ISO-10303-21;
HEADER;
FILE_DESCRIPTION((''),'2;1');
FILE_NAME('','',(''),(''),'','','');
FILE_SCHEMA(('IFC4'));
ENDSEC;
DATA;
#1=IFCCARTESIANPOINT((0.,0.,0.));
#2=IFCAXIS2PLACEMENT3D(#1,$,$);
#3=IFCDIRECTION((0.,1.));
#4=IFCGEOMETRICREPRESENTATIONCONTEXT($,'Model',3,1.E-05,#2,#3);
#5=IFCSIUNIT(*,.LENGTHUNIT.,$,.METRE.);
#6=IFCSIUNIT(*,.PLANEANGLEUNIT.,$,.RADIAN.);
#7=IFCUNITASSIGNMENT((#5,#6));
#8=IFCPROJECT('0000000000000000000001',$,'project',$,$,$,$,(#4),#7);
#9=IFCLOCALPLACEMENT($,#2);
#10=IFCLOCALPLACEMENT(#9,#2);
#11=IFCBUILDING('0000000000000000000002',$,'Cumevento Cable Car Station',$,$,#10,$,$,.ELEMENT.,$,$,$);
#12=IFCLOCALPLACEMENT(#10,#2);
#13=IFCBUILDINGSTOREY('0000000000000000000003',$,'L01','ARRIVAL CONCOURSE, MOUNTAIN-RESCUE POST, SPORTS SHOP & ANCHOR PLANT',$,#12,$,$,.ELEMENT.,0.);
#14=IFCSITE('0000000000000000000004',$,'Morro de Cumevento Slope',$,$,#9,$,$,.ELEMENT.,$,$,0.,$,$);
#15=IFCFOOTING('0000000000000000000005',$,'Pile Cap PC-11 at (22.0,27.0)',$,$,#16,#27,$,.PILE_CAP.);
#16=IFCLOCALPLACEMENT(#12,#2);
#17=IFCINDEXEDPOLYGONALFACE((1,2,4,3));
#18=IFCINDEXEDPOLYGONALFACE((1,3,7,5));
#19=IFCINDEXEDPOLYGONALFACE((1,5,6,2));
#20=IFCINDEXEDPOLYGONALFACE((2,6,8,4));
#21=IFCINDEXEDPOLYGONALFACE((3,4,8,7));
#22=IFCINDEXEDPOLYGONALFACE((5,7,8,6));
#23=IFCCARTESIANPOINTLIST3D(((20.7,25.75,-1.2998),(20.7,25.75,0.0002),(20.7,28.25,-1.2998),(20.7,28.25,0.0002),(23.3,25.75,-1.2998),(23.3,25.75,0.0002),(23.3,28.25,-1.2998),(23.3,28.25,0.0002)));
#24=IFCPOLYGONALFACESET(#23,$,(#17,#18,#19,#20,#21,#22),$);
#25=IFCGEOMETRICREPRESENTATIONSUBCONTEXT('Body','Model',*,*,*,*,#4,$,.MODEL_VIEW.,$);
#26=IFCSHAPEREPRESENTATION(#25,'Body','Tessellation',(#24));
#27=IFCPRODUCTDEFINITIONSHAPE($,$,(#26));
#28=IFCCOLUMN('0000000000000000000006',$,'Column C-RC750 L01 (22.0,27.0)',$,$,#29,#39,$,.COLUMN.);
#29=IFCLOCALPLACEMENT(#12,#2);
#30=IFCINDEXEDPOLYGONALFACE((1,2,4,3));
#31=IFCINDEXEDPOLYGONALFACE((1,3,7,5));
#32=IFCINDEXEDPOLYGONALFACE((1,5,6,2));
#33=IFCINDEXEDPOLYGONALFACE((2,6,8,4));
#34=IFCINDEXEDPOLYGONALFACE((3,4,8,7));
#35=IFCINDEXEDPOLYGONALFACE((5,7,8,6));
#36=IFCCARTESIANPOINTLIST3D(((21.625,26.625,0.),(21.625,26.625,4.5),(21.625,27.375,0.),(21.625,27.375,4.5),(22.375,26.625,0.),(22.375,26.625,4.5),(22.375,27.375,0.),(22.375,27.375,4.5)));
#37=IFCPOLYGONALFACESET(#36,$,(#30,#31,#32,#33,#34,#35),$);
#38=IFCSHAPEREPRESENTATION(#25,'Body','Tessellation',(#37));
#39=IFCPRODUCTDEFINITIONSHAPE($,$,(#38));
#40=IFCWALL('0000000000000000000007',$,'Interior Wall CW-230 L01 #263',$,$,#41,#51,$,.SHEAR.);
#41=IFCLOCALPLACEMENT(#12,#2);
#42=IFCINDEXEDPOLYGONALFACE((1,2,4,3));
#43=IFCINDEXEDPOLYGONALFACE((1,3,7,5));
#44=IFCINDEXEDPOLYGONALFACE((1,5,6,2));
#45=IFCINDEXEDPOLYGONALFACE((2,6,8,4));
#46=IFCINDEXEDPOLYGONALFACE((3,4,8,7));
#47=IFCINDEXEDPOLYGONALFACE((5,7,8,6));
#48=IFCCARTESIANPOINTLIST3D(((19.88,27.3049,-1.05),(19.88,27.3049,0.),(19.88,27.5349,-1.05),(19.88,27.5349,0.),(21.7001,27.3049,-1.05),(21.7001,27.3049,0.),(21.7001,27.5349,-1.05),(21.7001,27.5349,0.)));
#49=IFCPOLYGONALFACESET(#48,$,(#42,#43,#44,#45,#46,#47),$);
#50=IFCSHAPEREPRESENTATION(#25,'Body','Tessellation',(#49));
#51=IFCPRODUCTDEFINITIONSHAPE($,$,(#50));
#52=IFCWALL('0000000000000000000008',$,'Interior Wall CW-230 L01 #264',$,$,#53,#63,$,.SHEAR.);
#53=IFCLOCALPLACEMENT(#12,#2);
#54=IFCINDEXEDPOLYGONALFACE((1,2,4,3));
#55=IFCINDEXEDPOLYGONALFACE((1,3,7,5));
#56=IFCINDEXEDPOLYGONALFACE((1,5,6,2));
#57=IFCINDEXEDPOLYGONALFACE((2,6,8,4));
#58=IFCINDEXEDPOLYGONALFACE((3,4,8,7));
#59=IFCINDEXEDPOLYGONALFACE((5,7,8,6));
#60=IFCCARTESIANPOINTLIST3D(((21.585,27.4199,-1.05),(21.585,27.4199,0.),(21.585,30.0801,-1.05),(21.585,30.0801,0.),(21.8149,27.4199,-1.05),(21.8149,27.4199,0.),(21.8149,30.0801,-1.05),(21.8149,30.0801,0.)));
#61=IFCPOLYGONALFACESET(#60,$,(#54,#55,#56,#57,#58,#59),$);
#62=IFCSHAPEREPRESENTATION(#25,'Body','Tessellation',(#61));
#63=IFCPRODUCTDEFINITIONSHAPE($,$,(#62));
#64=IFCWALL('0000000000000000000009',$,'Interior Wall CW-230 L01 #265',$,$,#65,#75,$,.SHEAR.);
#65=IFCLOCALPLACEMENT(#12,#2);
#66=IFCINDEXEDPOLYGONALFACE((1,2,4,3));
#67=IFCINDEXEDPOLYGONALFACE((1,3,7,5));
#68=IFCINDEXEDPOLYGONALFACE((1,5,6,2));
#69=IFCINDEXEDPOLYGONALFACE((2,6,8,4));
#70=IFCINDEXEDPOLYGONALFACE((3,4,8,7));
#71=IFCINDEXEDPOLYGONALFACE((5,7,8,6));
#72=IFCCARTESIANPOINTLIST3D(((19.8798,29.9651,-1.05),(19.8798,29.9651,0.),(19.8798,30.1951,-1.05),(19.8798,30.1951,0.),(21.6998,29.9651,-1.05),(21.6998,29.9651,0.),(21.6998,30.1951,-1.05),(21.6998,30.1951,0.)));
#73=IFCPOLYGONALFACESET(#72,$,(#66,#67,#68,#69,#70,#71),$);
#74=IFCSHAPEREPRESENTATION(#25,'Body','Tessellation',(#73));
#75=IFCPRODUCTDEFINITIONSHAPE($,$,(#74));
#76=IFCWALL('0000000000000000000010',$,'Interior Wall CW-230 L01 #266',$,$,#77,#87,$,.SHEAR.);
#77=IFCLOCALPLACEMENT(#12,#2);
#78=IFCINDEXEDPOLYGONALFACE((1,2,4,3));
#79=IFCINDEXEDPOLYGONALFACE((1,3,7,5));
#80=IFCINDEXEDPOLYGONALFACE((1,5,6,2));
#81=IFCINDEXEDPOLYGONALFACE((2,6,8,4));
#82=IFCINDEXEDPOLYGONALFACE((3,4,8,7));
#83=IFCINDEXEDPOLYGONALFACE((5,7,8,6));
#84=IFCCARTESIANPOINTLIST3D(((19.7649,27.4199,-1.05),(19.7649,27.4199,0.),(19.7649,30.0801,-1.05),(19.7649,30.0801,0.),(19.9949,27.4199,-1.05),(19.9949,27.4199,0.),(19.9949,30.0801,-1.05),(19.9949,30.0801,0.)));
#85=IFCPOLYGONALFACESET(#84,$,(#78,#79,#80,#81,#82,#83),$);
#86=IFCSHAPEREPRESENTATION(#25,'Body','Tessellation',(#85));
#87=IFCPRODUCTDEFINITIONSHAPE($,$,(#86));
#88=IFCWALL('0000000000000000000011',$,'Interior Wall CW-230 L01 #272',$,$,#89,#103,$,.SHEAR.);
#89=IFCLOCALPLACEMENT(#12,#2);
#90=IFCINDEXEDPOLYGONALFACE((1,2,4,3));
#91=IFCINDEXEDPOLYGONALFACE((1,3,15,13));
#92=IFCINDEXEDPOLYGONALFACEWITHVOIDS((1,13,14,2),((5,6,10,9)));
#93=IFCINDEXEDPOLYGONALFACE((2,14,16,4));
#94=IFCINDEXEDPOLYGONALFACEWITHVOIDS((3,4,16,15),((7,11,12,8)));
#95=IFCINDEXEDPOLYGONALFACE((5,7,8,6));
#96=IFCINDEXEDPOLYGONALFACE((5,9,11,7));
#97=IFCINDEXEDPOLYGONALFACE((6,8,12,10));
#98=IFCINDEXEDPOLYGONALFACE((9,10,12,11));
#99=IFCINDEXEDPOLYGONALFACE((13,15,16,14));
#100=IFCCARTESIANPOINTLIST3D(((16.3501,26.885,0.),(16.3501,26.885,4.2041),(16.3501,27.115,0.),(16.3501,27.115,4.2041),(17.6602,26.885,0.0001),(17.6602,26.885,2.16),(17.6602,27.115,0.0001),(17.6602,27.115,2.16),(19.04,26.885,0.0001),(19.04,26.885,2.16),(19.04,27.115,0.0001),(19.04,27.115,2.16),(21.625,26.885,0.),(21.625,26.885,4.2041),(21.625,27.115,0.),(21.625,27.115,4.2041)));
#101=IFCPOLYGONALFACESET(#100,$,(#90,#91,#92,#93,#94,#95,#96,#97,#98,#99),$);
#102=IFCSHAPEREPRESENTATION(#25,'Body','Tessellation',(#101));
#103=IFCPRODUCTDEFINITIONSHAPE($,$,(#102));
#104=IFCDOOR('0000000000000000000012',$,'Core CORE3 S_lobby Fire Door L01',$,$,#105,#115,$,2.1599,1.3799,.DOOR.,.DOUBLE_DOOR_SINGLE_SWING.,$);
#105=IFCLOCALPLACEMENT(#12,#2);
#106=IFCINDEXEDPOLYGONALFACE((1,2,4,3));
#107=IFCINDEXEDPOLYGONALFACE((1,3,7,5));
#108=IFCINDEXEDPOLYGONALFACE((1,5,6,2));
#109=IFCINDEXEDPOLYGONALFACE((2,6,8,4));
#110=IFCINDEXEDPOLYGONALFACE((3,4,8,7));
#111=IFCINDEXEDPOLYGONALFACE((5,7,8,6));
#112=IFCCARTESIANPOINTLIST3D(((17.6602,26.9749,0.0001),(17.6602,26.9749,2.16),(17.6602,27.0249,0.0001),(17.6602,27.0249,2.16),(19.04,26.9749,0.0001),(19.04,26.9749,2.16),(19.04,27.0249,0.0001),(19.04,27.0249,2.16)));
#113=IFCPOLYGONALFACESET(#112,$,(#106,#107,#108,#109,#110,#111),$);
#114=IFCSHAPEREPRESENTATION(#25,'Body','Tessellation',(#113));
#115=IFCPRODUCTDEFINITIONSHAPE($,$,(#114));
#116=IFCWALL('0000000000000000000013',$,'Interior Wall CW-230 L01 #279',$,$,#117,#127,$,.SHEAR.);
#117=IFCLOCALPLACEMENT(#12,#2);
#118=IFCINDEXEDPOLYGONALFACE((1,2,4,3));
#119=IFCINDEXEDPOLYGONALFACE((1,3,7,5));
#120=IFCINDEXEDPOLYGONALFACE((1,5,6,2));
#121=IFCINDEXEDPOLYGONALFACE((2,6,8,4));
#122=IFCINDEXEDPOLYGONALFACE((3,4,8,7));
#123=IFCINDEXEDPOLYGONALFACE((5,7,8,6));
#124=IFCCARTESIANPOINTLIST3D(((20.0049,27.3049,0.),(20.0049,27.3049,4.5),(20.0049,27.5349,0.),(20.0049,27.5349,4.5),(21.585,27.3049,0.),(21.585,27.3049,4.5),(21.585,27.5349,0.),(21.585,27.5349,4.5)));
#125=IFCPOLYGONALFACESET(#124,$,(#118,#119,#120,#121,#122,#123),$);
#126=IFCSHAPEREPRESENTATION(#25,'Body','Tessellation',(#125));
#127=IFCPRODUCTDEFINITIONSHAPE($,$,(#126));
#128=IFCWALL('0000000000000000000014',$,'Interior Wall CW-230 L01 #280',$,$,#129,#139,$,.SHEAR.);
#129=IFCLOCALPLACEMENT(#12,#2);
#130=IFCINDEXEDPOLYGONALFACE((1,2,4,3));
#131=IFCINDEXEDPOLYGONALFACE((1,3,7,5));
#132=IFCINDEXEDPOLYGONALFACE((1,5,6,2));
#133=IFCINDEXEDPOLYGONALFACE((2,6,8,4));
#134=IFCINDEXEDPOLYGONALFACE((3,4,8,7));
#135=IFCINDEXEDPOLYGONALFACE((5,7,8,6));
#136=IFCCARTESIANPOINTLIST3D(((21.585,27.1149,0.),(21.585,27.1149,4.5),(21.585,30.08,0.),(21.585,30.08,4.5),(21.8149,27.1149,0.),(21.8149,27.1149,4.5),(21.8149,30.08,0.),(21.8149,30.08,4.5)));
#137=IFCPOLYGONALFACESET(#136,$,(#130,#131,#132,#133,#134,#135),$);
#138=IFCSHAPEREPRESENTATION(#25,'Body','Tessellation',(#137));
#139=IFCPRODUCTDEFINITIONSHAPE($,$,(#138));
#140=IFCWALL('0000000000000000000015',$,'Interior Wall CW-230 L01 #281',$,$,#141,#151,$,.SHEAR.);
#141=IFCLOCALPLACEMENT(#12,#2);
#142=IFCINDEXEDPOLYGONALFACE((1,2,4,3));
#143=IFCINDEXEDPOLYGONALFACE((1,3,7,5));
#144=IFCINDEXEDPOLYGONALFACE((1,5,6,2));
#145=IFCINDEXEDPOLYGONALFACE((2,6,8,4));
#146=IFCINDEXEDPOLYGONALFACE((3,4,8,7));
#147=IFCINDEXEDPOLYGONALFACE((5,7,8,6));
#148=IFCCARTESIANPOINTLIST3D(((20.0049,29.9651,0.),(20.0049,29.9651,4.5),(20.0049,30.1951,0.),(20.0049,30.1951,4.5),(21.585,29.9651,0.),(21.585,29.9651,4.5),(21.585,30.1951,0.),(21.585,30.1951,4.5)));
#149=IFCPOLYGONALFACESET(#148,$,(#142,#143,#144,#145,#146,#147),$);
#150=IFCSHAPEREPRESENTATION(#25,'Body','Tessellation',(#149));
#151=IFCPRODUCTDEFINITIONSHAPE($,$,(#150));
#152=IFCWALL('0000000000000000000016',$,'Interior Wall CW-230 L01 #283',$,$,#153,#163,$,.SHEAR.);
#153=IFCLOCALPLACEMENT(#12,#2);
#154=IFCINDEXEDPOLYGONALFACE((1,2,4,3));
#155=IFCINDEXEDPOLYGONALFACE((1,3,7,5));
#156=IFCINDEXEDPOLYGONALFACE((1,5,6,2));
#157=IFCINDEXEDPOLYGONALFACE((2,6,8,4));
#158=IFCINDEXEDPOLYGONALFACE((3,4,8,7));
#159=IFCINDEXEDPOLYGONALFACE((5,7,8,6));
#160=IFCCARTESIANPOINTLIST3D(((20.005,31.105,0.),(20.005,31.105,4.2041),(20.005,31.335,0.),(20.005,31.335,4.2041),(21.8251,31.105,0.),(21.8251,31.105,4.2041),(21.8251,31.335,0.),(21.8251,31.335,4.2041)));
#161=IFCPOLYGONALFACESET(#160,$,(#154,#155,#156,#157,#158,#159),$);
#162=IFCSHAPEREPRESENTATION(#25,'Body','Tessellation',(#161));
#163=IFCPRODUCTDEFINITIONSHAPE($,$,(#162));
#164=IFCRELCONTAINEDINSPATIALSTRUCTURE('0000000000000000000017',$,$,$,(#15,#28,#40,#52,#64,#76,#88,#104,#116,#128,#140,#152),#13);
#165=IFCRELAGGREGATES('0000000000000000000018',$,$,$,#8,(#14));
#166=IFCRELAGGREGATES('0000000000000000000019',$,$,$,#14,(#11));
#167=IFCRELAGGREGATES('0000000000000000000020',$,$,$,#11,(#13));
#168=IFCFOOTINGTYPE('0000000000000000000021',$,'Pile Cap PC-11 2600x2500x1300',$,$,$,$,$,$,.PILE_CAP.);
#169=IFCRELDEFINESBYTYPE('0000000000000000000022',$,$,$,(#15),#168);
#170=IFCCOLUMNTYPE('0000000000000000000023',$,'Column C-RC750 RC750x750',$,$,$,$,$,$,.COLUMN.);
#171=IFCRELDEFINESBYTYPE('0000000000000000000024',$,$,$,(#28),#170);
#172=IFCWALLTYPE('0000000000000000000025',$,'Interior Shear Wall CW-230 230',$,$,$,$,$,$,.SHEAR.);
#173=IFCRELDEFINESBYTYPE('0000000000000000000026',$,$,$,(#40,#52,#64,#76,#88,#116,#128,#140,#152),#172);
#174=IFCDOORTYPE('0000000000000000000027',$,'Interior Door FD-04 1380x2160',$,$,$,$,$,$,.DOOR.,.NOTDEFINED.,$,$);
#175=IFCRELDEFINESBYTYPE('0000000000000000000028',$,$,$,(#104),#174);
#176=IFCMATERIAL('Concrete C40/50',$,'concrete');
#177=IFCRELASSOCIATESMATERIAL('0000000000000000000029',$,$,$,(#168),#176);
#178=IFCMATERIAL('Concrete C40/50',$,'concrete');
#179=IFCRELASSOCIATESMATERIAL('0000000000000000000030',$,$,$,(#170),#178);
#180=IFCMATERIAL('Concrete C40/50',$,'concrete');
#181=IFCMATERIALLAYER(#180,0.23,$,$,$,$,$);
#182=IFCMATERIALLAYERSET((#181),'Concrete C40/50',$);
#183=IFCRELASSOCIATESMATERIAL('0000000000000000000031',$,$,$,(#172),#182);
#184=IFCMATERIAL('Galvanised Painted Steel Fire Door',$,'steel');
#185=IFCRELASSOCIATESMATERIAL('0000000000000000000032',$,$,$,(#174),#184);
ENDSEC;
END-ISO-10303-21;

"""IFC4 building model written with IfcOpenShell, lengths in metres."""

from ifc_helpers import new_model, si_unit, direction, frame, frame_2d, origin, origin_2d, place, context, subcontext, project, spatial, rectangle, extrude, material, layer, layer_set, material_profile, profile_set, type_object, element, fill, save


model = new_model("IFC4")

# Units and contexts
model_context = context("Model", 3, precision=1e-05, world=origin(), true_north=direction((0.0, 1.0)))
body_context = subcontext(model_context, "Body", "Model", "MODEL_VIEW")
ifc_project = project(units=[si_unit("LENGTHUNIT", "METRE"), si_unit("PLANEANGLEUNIT", "RADIAN")], contexts=[model_context])

# Site, building, storey
site_placement = place(None, origin())
site = spatial("IfcSite", under=ifc_project, at=site_placement, Name="Morro de Cumevento Slope", CompositionType="ELEMENT", RefElevation=0.0)
building_placement = place(site_placement, origin())
building = spatial("IfcBuilding", under=site, at=building_placement, Name="Cumevento Cable Car Station", CompositionType="ELEMENT")
storey_placement = place(building_placement, origin())
storey = spatial("IfcBuildingStorey", under=building, at=storey_placement, Name="L01", Description="ARRIVAL CONCOURSE, MOUNTAIN-RESCUE POST, SPORTS SHOP & ANCHOR PLANT", CompositionType="ELEMENT", Elevation=0.0)

# Footing
ifc_material_1 = material(Name="Concrete C40/50", Category="concrete")
footing_type = type_object("IfcFootingType", Name="Pile Cap PC-11 2600x2500x1300", PredefinedType="PILE_CAP", material=ifc_material_1)
footing_placement = place(storey_placement, frame((22.0, 27.0, -1.2998), z_axis=(0.0, 0.0, 1.0), x_axis=(1.0, 0.0, 0.0)))
element("IfcFooting", 1, at=footing_placement, inside=storey, type_object=footing_type, Name="Pile Cap PC-11 at (22.0,27.0)", PredefinedType="PILE_CAP", context=body_context, shape_type="SweptSolid", body=[
    extrude(rectangle(XDim=2.6001, YDim=2.5, at=origin_2d()), origin(), (0.0, 0.0, 1.0), 1.3),
])

# Column
ifc_material_2 = material(Name="Concrete C40/50", Category="concrete")
ifc_material_profile_1 = material_profile(ifc_material_2, rectangle(XDim=0.75, YDim=0.75, at=origin_2d()), Name="RC750x750")
ifc_profile_set_1 = profile_set([ifc_material_profile_1], Name="Concrete C40/50")
column_type = type_object("IfcColumnType", Name="Column C-RC750 RC750x750", PredefinedType="COLUMN", material=ifc_profile_set_1)
column_placement = place(storey_placement, frame((22.0, 27.0, 0.0), z_axis=(0.0, 0.0, 1.0), x_axis=(1.0, 0.0, 0.0)))
element("IfcColumn", 2, at=column_placement, inside=storey, type_object=column_type, Name="Column C-RC750 L01 (22.0,27.0)", PredefinedType="COLUMN", context=body_context, shape_type="SweptSolid", body=[
    extrude(rectangle(XDim=0.75, YDim=0.75, at=origin_2d()), origin(), (0.0, 0.0, 1.0), 4.5),
])

# Walls
ifc_material_3 = material(Name="Concrete C40/50", Category="concrete")
ifc_layer_1 = layer(ifc_material_3, 0.23)
ifc_layer_set_1 = layer_set([ifc_layer_1], Name="Concrete C40/50")
wall_type_1 = type_object("IfcWallType", Name="Interior Shear Wall CW-230 230", PredefinedType="SHEAR", material=ifc_layer_set_1)
wall_1_placement = place(storey_placement, frame((19.8799, 27.4199, -1.05), z_axis=(0.0, 0.0, 1.0), x_axis=(1.0, 0.0, 0.0)))
element("IfcWall", 3, at=wall_1_placement, inside=storey, type_object=wall_type_1, Name="Interior Wall CW-230 L01 #263", PredefinedType="SHEAR", context=body_context, shape_type="SweptSolid", body=[
    extrude(rectangle(XDim=1.8201, YDim=0.23, at=frame_2d((0.9102, 0.0))), origin(), (0.0, 0.0, 1.0), 1.05),
])
wall_2_placement = place(storey_placement, frame((21.7, 27.4199, -1.05), z_axis=(0.0, 0.0, 1.0), x_axis=(0.0, 1.0, 0.0)))
element("IfcWall", 4, at=wall_2_placement, inside=storey, type_object=wall_type_1, Name="Interior Wall CW-230 L01 #264", PredefinedType="SHEAR", context=body_context, shape_type="SweptSolid", body=[
    extrude(rectangle(XDim=2.6602, YDim=0.23, at=frame_2d((1.3301, 0.0))), origin(), (0.0, 0.0, 1.0), 1.05),
])
wall_3_placement = place(storey_placement, frame((21.7, 30.0801, -1.05), z_axis=(0.0, 0.0, 1.0), x_axis=(-1.0, 0.0, 0.0)))
element("IfcWall", 5, at=wall_3_placement, inside=storey, type_object=wall_type_1, Name="Interior Wall CW-230 L01 #265", PredefinedType="SHEAR", context=body_context, shape_type="SweptSolid", body=[
    extrude(rectangle(XDim=1.8201, YDim=0.23, at=frame_2d((0.9102, 0.0))), origin(), (0.0, 0.0, 1.0), 1.05),
])
wall_4_placement = place(storey_placement, frame((19.8799, 30.0801, -1.05), z_axis=(0.0, 0.0, 1.0), x_axis=(0.0, -1.0, 0.0)))
element("IfcWall", 6, at=wall_4_placement, inside=storey, type_object=wall_type_1, Name="Interior Wall CW-230 L01 #266", PredefinedType="SHEAR", context=body_context, shape_type="SweptSolid", body=[
    extrude(rectangle(XDim=2.6602, YDim=0.23, at=frame_2d((1.3301, 0.0))), origin(), (0.0, 0.0, 1.0), 1.05),
])

# Wall, opening, door
wall_5_placement = place(storey_placement, frame((16.3501, 27.0, 0.0), z_axis=(0.0, 0.0, 1.0), x_axis=(1.0, 0.0, 0.0)))
wall_5 = element("IfcWall", 7, at=wall_5_placement, inside=storey, type_object=wall_type_1, Name="Interior Wall CW-230 L01 #272", PredefinedType="SHEAR", context=body_context, shape_type="SweptSolid", body=[
    extrude(rectangle(XDim=5.2749, YDim=0.23, at=frame_2d((2.6375, 0.0))), origin(), (0.0, 0.0, 1.0), 4.2041),
])
opening_1_placement = place(wall_5_placement, frame((1.3101, 0.0, 0.0)))
opening_1 = element("IfcOpeningElement", 8, at=opening_1_placement, cuts=wall_5, PredefinedType="OPENING", context=body_context, shape_type="SweptSolid", body=[
    extrude(rectangle(XDim=1.3799, YDim=2.1599, at=frame_2d((0.6899, 1.0801))), frame((0.0, 0.125, 0.0), z_axis=(0.0, -1.0, 0.0), x_axis=(1.0, 0.0, 0.0)), (0.0, 0.0, 1.0), 0.25),
])
ifc_material_4 = material(Name="Galvanised Painted Steel Fire Door", Category="steel")
door_type_1 = type_object("IfcDoorType", Name="Interior Door FD-04 1380x2160", OperationType="NOTDEFINED", PredefinedType="DOOR", material=ifc_material_4)
door_1_placement = place(opening_1_placement, origin())
door_1 = element("IfcDoor", 9, at=door_1_placement, inside=storey, type_object=door_type_1, Name="Core CORE3 S_lobby Fire Door L01", OperationType="DOUBLE_DOOR_SINGLE_SWING", OverallHeight=2.1599, OverallWidth=1.3799, PredefinedType="DOOR", context=body_context, shape_type="SweptSolid", body=[
    extrude(rectangle(XDim=1.3799, YDim=2.1599, at=frame_2d((0.6899, 1.0801))), frame((0.0, 0.0249, 0.0), z_axis=(0.0, -1.0, 0.0), x_axis=(1.0, 0.0, 0.0)), (0.0, 0.0, 1.0), 0.05),
])
fill(opening_1, door_1)

# Walls
wall_6_placement = place(storey_placement, frame((20.0049, 27.4199, 0.0), z_axis=(0.0, 0.0, 1.0), x_axis=(1.0, 0.0, 0.0)))
element("IfcWall", 10, at=wall_6_placement, inside=storey, type_object=wall_type_1, Name="Interior Wall CW-230 L01 #279", PredefinedType="SHEAR", context=body_context, shape_type="SweptSolid", body=[
    extrude(rectangle(XDim=1.5801, YDim=0.23, at=frame_2d((0.79, 0.0))), origin(), (0.0, 0.0, 1.0), 4.5),
])
wall_7_placement = place(storey_placement, frame((21.7, 27.115, 0.0), z_axis=(0.0, 0.0, 1.0), x_axis=(0.0, 1.0, 0.0)))
element("IfcWall", 11, at=wall_7_placement, inside=storey, type_object=wall_type_1, Name="Interior Wall CW-230 L01 #280", PredefinedType="SHEAR", context=body_context, shape_type="SweptSolid", body=[
    extrude(rectangle(XDim=2.9651, YDim=0.23, at=frame_2d((1.4824, 0.0))), origin(), (0.0, 0.0, 1.0), 4.5),
])
wall_8_placement = place(storey_placement, frame((20.0049, 30.0801, 0.0), z_axis=(0.0, 0.0, 1.0), x_axis=(1.0, 0.0, 0.0)))
element("IfcWall", 12, at=wall_8_placement, inside=storey, type_object=wall_type_1, Name="Interior Wall CW-230 L01 #281", PredefinedType="SHEAR", context=body_context, shape_type="SweptSolid", body=[
    extrude(rectangle(XDim=1.5801, YDim=0.23, at=frame_2d((0.79, 0.0))), origin(), (0.0, 0.0, 1.0), 4.5),
])
wall_9_placement = place(storey_placement, frame((20.0049, 31.22, 0.0), z_axis=(0.0, 0.0, 1.0), x_axis=(1.0, 0.0, 0.0)))
element("IfcWall", 13, at=wall_9_placement, inside=storey, type_object=wall_type_1, Name="Interior Wall CW-230 L01 #283", PredefinedType="SHEAR", context=body_context, shape_type="SweptSolid", body=[
    extrude(rectangle(XDim=1.8201, YDim=0.23, at=frame_2d((0.9102, 0.0))), origin(), (0.0, 0.0, 1.0), 4.2041),
])

save(model, "model.ifc")
